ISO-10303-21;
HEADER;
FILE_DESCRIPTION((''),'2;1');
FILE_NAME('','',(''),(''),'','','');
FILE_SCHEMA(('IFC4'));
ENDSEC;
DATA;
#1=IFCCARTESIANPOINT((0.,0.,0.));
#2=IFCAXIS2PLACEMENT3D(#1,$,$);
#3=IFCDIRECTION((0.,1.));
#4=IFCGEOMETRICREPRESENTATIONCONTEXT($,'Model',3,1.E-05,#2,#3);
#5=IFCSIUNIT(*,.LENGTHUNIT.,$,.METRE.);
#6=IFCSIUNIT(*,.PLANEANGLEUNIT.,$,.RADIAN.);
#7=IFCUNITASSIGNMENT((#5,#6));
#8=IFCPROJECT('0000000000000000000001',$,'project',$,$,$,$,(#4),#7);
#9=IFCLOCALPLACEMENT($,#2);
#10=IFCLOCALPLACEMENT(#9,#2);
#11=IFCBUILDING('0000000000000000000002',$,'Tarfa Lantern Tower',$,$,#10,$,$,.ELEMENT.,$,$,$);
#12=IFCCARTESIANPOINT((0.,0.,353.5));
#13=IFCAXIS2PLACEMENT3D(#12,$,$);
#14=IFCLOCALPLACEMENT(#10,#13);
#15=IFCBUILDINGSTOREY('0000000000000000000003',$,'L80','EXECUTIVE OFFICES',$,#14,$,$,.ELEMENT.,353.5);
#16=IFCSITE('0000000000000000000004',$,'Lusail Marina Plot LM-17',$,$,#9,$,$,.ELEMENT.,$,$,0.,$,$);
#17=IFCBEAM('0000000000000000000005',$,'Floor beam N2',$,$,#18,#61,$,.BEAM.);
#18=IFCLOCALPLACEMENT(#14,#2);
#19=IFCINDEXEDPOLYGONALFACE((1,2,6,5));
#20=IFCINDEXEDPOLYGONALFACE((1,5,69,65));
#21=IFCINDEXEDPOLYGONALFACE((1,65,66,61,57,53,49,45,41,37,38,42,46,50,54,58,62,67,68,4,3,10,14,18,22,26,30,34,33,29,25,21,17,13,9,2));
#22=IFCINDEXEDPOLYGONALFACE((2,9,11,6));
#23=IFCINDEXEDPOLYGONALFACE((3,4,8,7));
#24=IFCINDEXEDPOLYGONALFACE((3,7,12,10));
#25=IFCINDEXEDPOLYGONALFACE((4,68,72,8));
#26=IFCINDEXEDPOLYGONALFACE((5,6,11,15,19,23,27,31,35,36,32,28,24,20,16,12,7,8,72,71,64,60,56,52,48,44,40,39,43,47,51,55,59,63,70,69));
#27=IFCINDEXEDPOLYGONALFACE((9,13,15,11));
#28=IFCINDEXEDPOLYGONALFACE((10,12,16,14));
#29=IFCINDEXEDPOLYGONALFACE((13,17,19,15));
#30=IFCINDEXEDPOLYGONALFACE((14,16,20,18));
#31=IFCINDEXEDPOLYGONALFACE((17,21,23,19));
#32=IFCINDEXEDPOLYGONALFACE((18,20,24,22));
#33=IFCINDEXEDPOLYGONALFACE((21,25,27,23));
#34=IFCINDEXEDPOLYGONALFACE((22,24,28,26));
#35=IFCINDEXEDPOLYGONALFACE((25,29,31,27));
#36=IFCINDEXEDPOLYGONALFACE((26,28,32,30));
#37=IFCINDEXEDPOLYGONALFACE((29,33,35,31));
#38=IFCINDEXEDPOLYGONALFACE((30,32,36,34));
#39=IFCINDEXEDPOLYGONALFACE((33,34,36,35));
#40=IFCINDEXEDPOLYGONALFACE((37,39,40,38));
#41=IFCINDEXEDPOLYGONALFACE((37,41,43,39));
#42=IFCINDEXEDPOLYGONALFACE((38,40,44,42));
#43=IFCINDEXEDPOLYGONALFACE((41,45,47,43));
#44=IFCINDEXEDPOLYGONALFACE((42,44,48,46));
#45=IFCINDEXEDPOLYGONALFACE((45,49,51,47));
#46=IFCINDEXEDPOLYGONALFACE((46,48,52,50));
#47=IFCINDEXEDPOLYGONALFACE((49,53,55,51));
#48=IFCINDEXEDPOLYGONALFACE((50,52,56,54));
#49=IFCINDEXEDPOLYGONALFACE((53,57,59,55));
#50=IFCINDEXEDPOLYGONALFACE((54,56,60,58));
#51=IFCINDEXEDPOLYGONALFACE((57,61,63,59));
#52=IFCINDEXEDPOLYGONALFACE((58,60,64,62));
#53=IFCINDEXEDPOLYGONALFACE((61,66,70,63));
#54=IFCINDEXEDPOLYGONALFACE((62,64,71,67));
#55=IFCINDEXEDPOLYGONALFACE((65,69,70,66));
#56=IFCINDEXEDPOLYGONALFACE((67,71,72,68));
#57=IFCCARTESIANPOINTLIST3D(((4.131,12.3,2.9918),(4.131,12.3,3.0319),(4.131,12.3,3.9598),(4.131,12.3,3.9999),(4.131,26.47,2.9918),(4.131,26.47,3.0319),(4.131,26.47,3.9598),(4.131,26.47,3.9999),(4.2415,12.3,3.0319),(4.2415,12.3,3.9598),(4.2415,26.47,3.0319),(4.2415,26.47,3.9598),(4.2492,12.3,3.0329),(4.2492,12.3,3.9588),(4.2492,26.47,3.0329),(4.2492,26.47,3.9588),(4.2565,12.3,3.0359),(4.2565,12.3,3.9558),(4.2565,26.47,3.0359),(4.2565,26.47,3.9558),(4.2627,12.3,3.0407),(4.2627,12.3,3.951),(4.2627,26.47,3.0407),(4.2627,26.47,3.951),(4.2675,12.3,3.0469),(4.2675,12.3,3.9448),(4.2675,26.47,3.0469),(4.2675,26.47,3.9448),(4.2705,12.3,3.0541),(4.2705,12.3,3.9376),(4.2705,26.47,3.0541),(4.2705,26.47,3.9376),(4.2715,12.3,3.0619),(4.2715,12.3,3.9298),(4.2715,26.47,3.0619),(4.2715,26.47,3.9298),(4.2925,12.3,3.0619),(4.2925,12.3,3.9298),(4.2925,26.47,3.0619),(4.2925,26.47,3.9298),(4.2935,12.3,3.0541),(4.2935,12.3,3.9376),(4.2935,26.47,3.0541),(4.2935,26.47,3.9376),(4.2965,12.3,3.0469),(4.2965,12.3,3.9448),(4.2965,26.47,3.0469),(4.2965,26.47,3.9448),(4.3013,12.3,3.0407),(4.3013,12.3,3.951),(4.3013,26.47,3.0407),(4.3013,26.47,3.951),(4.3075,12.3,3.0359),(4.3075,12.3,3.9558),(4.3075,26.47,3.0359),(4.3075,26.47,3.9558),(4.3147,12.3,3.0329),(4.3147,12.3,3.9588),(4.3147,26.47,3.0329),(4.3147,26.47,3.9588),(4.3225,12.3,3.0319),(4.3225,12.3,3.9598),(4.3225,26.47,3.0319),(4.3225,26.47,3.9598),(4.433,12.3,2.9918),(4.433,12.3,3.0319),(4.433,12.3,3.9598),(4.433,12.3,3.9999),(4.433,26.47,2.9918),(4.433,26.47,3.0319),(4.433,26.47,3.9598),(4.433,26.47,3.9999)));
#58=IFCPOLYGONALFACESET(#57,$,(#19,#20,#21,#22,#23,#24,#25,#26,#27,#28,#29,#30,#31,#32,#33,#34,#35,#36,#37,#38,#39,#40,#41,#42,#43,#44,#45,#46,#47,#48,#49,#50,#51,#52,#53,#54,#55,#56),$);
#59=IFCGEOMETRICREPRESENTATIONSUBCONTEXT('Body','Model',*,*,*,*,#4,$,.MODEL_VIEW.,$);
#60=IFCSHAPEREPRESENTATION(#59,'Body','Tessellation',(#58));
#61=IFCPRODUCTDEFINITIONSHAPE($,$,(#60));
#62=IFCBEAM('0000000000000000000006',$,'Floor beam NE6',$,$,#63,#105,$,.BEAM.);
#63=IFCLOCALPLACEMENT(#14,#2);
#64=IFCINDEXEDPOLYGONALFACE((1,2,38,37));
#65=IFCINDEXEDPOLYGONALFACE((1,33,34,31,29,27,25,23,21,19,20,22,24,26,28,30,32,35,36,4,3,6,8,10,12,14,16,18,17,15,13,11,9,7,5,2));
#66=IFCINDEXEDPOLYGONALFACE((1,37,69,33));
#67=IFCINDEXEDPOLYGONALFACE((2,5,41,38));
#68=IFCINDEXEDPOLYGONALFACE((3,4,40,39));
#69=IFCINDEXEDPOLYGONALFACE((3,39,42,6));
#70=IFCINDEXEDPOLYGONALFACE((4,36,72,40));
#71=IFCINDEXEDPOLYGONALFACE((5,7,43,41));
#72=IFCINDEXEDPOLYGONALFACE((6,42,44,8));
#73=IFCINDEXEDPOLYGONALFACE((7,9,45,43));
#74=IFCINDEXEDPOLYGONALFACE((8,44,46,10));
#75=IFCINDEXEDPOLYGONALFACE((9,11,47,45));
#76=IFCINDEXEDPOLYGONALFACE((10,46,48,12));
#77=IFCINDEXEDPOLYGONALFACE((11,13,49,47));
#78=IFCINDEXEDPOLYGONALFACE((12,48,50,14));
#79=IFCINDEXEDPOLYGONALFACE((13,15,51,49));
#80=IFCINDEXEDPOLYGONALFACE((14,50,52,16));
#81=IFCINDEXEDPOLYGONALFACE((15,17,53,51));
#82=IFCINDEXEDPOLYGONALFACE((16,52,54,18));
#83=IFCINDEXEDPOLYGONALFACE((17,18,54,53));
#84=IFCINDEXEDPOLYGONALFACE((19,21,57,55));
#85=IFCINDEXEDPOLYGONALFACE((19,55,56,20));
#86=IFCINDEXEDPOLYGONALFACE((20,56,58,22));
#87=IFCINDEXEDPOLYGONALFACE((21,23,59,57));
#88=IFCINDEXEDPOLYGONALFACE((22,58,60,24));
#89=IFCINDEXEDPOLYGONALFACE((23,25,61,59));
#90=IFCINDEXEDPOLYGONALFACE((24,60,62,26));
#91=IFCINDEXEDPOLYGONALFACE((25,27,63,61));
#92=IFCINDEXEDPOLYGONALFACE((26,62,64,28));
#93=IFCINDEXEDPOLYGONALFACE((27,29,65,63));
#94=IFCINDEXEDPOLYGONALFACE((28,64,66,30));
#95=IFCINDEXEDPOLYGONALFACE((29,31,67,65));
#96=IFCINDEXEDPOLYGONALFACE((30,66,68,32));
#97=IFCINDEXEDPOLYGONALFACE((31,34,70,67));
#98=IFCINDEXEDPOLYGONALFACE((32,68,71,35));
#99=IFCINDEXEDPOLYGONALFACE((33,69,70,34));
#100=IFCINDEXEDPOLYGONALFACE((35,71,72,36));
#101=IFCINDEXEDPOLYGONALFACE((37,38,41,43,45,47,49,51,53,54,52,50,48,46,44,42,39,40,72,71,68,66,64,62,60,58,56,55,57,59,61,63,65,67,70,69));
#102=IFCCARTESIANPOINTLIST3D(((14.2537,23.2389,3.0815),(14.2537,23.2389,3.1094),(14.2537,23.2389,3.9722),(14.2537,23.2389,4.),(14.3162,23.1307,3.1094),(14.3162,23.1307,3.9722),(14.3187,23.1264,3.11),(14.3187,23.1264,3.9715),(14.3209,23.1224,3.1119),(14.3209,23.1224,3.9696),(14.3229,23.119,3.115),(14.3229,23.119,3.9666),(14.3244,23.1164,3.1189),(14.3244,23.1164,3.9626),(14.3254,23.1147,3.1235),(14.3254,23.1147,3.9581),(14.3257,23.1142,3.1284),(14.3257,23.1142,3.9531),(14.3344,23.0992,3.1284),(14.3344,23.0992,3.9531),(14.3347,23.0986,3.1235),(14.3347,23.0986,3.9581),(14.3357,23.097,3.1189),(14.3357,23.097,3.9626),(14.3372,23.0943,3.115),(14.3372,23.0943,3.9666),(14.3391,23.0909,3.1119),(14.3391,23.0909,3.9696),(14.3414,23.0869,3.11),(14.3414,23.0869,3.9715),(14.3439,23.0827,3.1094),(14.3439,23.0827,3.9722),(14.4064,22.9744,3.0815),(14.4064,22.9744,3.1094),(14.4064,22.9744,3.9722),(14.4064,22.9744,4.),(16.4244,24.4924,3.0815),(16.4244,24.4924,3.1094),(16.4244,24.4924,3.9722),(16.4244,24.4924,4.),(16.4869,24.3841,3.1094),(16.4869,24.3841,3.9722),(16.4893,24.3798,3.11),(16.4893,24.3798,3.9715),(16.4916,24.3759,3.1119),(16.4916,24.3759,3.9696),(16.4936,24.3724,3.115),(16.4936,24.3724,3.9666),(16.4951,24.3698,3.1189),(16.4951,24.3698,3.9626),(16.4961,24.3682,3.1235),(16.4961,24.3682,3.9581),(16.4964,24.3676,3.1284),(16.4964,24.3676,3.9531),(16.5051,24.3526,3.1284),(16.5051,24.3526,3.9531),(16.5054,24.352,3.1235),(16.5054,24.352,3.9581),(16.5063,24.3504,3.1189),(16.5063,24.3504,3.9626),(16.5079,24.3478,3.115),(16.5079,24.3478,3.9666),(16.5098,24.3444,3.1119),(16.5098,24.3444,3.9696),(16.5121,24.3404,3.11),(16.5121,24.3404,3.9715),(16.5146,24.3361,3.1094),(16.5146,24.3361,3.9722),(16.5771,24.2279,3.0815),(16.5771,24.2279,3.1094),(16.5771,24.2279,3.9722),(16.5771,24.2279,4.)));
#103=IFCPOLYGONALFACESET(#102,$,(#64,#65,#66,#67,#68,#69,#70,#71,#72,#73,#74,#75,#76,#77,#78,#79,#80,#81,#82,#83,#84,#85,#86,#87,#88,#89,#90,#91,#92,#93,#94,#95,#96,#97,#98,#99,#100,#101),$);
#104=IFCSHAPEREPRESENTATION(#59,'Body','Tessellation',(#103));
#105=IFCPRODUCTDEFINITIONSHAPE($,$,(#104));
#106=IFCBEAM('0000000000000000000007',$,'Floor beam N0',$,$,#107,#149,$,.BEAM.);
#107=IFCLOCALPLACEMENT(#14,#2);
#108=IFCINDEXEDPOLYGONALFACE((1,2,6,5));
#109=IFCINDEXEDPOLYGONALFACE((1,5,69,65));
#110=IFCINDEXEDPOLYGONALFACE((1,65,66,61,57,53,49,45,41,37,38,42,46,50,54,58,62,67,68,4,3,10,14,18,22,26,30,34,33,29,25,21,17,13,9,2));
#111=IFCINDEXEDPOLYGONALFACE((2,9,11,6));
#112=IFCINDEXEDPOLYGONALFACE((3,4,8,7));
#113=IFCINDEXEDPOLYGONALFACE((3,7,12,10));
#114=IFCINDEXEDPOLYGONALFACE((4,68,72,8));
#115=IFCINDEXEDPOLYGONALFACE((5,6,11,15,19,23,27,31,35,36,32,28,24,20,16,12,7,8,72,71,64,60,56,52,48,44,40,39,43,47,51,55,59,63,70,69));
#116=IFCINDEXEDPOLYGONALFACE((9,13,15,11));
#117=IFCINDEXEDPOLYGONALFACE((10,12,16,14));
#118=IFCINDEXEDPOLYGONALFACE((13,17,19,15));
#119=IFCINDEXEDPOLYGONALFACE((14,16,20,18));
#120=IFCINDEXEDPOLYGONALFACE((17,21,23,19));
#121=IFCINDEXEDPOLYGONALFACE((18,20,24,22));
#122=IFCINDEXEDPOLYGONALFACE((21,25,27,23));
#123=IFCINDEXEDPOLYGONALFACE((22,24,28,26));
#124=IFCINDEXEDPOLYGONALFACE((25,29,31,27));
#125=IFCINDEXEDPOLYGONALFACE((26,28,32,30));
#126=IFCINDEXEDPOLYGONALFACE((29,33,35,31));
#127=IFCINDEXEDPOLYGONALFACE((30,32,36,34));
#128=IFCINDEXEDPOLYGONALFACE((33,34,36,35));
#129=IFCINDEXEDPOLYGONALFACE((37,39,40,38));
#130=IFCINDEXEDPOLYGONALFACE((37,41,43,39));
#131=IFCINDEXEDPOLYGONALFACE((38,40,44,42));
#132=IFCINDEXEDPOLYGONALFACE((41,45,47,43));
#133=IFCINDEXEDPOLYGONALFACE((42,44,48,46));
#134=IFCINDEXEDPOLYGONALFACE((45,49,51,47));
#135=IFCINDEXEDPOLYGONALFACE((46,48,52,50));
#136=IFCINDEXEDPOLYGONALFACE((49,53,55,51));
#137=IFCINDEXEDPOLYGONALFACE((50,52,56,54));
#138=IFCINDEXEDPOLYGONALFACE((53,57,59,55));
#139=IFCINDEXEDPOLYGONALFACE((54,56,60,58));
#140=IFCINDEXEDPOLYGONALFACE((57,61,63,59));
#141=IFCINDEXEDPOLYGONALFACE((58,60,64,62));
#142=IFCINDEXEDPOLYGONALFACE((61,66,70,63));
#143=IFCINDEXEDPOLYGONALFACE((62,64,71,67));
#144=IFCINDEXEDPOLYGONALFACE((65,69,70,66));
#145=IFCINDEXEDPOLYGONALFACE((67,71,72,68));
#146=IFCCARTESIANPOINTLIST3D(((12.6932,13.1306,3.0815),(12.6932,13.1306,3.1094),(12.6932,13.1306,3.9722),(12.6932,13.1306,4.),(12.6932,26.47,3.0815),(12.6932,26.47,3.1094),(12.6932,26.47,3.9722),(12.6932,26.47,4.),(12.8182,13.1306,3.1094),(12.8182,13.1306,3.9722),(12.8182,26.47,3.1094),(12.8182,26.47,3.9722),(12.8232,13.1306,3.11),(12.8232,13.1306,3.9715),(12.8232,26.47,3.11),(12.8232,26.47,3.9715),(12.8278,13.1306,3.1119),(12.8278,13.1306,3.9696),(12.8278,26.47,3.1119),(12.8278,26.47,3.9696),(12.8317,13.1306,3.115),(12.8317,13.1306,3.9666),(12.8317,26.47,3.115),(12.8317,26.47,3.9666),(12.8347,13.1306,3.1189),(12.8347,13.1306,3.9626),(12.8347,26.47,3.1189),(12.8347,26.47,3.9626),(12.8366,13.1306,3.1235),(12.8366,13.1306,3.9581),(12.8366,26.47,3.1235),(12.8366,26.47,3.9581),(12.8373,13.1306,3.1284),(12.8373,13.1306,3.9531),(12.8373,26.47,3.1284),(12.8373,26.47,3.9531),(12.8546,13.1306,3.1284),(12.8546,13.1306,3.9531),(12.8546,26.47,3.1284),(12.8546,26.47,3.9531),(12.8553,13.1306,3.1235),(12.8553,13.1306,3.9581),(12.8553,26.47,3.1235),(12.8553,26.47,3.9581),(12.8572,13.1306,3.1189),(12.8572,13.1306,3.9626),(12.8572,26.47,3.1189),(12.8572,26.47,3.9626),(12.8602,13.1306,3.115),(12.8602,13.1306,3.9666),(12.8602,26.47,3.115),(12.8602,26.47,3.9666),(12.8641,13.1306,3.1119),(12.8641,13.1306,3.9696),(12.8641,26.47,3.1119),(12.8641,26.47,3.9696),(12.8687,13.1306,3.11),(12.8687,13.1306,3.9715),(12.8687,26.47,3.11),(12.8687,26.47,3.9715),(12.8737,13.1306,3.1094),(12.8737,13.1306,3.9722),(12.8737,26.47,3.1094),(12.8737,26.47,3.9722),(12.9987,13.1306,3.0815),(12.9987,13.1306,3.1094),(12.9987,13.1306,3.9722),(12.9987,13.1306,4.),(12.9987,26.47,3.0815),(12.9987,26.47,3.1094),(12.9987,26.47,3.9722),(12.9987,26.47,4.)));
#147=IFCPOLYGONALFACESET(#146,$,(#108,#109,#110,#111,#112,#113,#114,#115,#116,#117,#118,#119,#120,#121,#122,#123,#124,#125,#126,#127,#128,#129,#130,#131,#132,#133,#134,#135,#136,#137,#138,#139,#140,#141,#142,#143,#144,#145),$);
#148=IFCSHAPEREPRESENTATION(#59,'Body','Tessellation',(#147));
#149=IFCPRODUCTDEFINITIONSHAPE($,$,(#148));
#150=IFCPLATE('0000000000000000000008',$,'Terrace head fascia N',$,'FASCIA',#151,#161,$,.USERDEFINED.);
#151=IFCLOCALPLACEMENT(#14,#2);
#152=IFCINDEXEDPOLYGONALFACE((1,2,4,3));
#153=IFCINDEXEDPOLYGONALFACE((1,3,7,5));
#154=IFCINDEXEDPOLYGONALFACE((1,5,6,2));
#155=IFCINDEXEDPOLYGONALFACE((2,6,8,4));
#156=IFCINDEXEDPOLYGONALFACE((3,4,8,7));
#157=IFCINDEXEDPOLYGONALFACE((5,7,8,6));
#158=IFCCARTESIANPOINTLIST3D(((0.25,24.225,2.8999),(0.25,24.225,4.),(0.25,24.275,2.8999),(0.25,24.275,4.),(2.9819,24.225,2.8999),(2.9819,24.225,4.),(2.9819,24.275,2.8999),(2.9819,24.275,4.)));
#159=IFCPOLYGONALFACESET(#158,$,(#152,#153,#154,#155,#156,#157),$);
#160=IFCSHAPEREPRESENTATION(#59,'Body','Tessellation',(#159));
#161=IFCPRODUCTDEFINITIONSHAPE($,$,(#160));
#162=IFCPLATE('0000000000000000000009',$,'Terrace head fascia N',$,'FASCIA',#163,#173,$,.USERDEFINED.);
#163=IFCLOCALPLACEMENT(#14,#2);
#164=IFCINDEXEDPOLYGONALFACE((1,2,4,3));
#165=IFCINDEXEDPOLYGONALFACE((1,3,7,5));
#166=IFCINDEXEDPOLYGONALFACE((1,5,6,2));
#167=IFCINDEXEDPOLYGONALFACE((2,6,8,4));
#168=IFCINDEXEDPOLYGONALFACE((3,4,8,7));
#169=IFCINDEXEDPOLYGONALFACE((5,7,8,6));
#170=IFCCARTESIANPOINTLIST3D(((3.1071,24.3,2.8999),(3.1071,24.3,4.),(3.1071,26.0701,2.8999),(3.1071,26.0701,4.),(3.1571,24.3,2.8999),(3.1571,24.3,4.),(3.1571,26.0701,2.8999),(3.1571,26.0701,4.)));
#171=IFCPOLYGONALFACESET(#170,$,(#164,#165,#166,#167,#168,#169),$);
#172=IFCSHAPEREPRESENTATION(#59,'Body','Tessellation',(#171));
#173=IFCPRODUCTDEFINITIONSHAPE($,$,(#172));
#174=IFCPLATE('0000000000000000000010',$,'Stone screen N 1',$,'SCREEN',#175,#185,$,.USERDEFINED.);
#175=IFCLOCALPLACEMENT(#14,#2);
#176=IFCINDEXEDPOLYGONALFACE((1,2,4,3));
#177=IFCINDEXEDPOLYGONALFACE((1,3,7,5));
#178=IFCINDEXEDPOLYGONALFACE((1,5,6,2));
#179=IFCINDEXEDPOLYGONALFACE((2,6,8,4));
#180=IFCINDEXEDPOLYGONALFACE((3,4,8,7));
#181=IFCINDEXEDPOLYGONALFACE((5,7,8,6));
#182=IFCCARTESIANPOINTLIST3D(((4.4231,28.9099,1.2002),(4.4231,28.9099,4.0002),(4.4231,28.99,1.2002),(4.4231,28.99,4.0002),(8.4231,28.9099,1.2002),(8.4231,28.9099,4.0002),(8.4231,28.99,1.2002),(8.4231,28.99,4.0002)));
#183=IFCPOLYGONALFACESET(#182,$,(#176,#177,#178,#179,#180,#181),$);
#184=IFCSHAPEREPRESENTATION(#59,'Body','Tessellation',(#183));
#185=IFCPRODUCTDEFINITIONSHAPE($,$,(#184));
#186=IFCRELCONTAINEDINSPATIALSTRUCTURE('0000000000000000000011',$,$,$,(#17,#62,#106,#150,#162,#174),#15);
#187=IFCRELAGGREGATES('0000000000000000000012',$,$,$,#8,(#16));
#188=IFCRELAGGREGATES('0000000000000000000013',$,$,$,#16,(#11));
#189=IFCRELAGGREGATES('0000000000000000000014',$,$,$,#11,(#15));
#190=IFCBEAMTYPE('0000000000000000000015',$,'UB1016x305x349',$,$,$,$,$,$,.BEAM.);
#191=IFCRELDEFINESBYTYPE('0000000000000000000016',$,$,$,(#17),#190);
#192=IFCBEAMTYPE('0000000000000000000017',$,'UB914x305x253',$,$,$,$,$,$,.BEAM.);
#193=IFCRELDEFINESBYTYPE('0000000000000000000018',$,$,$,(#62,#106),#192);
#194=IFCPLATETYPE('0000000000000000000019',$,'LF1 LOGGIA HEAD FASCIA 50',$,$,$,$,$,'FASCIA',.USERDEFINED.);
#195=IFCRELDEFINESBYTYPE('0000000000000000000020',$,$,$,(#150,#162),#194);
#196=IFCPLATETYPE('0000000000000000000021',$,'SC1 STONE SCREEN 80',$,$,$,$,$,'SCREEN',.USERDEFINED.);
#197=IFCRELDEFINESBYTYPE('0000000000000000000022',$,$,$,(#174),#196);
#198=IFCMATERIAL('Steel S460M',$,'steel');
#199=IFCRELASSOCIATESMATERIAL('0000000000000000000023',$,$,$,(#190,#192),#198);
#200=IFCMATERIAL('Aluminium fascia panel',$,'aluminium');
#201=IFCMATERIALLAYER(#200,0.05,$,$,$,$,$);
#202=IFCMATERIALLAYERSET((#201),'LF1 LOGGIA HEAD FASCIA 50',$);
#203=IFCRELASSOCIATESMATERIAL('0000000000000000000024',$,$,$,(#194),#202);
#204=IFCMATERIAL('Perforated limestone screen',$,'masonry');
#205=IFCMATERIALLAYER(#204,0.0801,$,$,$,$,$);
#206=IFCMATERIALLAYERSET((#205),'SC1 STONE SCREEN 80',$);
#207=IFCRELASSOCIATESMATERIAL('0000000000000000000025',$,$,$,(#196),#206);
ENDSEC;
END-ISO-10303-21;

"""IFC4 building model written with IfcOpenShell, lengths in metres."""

from ifc_helpers import new_model, si_unit, direction, frame, origin, origin_2d, place, context, subcontext, project, spatial, rectangle, i_section, extrude, material, layer, layer_set, material_profile, profile_set, type_object, element, save


model = new_model("IFC4")

# Units and contexts
model_context = context("Model", 3, precision=1e-05, world=origin(), true_north=direction((0.0, 1.0)))
body_context = subcontext(model_context, "Body", "Model", "MODEL_VIEW")
ifc_project = project(units=[si_unit("LENGTHUNIT", "METRE"), si_unit("PLANEANGLEUNIT", "RADIAN")], contexts=[model_context])

# Site, building, storey
site_placement = place(None, origin())
site = spatial("IfcSite", under=ifc_project, at=site_placement, Name="Lusail Marina Plot LM-17", CompositionType="ELEMENT", RefElevation=0.0)
building_placement = place(site_placement, origin())
building = spatial("IfcBuilding", under=site, at=building_placement, Name="Tarfa Lantern Tower", CompositionType="ELEMENT")
storey_placement = place(building_placement, frame((0.0, 0.0, 353.5)))
storey = spatial("IfcBuildingStorey", under=building, at=storey_placement, Name="L80", Description="EXECUTIVE OFFICES", CompositionType="ELEMENT", Elevation=353.5)

# Beams
ifc_material_1 = material(Name="Steel S460M", Category="steel")
ifc_material_profile_1 = material_profile(ifc_material_1, i_section(OverallWidth=0.302, OverallDepth=1.0081, WebThickness=0.021, FlangeThickness=0.04, FilletRadius=0.03, at=origin_2d()), Name="UB1016x305x349")
ifc_profile_set_1 = profile_set([ifc_material_profile_1], Name="Steel S460M")
beam_type_1 = type_object("IfcBeamType", Name="UB1016x305x349", PredefinedType="BEAM", material=ifc_profile_set_1)
for number, where, z_axis, x_axis, name in (
    (1, (4.282, 26.47, 3.4958), (0.0, -1.0, 0.0), (1.0, 0.0, 0.0), "Floor beam N2"),
):
    element("IfcBeam", number, at=place(storey_placement, frame(where, z_axis=z_axis, x_axis=x_axis)), inside=storey, type_object=beam_type_1, Name=name, PredefinedType="BEAM", context=body_context, shape_type="SweptSolid", body=[
        extrude(i_section(OverallWidth=0.302, OverallDepth=1.0081, WebThickness=0.021, FlangeThickness=0.04, FilletRadius=0.03, at=origin_2d()), origin(), (0.0, 0.0, 1.0), 14.1699),
    ])
ifc_material_profile_2 = material_profile(ifc_material_1, i_section(OverallWidth=0.3054, OverallDepth=0.9185, WebThickness=0.0173, FlangeThickness=0.0278, FilletRadius=0.019, at=origin_2d()), Name="UB914x305x253")
ifc_profile_set_2 = profile_set([ifc_material_profile_2], Name="Steel S460M")
beam_type_2 = type_object("IfcBeamType", Name="UB914x305x253", PredefinedType="BEAM", material=ifc_profile_set_2)
beam_1_placement = place(storey_placement, frame((16.5007, 24.3601, 3.5408), z_axis=(-0.865993, -0.500057, 0.0), x_axis=(0.500057, -0.865993, 0.0)))
element("IfcBeam", 2, at=beam_1_placement, inside=storey, type_object=beam_type_2, Name="Floor beam NE6", PredefinedType="BEAM", context=body_context, shape_type="SweptSolid", body=[
    extrude(i_section(OverallWidth=0.3054, OverallDepth=0.9185, WebThickness=0.0173, FlangeThickness=0.0278, FilletRadius=0.019, at=origin_2d()), origin(), (0.0, 0.0, 1.0), 2.5066),
])
beam_2_placement = place(storey_placement, frame((12.8459, 26.47, 3.5408), z_axis=(0.0, -1.0, 0.0), x_axis=(1.0, 0.0, 0.0)))
element("IfcBeam", 3, at=beam_2_placement, inside=storey, type_object=beam_type_2, Name="Floor beam N0", PredefinedType="BEAM", context=body_context, shape_type="SweptSolid", body=[
    extrude(i_section(OverallWidth=0.3054, OverallDepth=0.9185, WebThickness=0.0173, FlangeThickness=0.0278, FilletRadius=0.019, at=origin_2d()), origin(), (0.0, 0.0, 1.0), 13.3394),
])

# Plates
ifc_material_2 = material(Name="Aluminium fascia panel", Category="aluminium")
ifc_layer_1 = layer(ifc_material_2, 0.05)
ifc_layer_set_1 = layer_set([ifc_layer_1], Name="LF1 LOGGIA HEAD FASCIA 50")
plate_type_1 = type_object("IfcPlateType", Name="LF1 LOGGIA HEAD FASCIA 50", ElementType="FASCIA", PredefinedType="USERDEFINED", material=ifc_layer_set_1)
plate_1_placement = place(storey_placement, frame((1.616, 24.25, 2.8999), z_axis=(0.0, 0.0, 1.0), x_axis=(-1.0, 0.0, 0.0)))
element("IfcPlate", 4, at=plate_1_placement, inside=storey, type_object=plate_type_1, Name="Terrace head fascia N", ObjectType="FASCIA", PredefinedType="USERDEFINED", context=body_context, shape_type="SweptSolid", body=[
    extrude(rectangle(XDim=2.7319, YDim=0.05, at=origin_2d()), origin(), (0.0, 0.0, 1.0), 1.1001),
])
plate_2_placement = place(storey_placement, frame((3.1321, 25.1851, 2.8999), z_axis=(0.0, 0.0, 1.0), x_axis=(0.0, -1.0, 0.0)))
element("IfcPlate", 5, at=plate_2_placement, inside=storey, type_object=plate_type_1, Name="Terrace head fascia N", ObjectType="FASCIA", PredefinedType="USERDEFINED", context=body_context, shape_type="SweptSolid", body=[
    extrude(rectangle(XDim=1.77, YDim=0.05, at=origin_2d()), origin(), (0.0, 0.0, 1.0), 1.1001),
])
ifc_material_3 = material(Name="Perforated limestone screen", Category="masonry")
ifc_layer_2 = layer(ifc_material_3, 0.0801)
ifc_layer_set_2 = layer_set([ifc_layer_2], Name="SC1 STONE SCREEN 80")
plate_type_2 = type_object("IfcPlateType", Name="SC1 STONE SCREEN 80", ElementType="SCREEN", PredefinedType="USERDEFINED", material=ifc_layer_set_2)
plate_3_placement = place(storey_placement, frame((6.4231, 28.95, 1.2002), z_axis=(0.0, 0.0, 1.0), x_axis=(-1.0, 0.0, 0.0)))
element("IfcPlate", 6, at=plate_3_placement, inside=storey, type_object=plate_type_2, Name="Stone screen N 1", ObjectType="SCREEN", PredefinedType="USERDEFINED", context=body_context, shape_type="SweptSolid", body=[
    extrude(rectangle(XDim=4.0, YDim=0.0801, at=origin_2d()), origin(), (0.0, 0.0, 1.0), 2.8),
])

save(model, "model.ifc")
